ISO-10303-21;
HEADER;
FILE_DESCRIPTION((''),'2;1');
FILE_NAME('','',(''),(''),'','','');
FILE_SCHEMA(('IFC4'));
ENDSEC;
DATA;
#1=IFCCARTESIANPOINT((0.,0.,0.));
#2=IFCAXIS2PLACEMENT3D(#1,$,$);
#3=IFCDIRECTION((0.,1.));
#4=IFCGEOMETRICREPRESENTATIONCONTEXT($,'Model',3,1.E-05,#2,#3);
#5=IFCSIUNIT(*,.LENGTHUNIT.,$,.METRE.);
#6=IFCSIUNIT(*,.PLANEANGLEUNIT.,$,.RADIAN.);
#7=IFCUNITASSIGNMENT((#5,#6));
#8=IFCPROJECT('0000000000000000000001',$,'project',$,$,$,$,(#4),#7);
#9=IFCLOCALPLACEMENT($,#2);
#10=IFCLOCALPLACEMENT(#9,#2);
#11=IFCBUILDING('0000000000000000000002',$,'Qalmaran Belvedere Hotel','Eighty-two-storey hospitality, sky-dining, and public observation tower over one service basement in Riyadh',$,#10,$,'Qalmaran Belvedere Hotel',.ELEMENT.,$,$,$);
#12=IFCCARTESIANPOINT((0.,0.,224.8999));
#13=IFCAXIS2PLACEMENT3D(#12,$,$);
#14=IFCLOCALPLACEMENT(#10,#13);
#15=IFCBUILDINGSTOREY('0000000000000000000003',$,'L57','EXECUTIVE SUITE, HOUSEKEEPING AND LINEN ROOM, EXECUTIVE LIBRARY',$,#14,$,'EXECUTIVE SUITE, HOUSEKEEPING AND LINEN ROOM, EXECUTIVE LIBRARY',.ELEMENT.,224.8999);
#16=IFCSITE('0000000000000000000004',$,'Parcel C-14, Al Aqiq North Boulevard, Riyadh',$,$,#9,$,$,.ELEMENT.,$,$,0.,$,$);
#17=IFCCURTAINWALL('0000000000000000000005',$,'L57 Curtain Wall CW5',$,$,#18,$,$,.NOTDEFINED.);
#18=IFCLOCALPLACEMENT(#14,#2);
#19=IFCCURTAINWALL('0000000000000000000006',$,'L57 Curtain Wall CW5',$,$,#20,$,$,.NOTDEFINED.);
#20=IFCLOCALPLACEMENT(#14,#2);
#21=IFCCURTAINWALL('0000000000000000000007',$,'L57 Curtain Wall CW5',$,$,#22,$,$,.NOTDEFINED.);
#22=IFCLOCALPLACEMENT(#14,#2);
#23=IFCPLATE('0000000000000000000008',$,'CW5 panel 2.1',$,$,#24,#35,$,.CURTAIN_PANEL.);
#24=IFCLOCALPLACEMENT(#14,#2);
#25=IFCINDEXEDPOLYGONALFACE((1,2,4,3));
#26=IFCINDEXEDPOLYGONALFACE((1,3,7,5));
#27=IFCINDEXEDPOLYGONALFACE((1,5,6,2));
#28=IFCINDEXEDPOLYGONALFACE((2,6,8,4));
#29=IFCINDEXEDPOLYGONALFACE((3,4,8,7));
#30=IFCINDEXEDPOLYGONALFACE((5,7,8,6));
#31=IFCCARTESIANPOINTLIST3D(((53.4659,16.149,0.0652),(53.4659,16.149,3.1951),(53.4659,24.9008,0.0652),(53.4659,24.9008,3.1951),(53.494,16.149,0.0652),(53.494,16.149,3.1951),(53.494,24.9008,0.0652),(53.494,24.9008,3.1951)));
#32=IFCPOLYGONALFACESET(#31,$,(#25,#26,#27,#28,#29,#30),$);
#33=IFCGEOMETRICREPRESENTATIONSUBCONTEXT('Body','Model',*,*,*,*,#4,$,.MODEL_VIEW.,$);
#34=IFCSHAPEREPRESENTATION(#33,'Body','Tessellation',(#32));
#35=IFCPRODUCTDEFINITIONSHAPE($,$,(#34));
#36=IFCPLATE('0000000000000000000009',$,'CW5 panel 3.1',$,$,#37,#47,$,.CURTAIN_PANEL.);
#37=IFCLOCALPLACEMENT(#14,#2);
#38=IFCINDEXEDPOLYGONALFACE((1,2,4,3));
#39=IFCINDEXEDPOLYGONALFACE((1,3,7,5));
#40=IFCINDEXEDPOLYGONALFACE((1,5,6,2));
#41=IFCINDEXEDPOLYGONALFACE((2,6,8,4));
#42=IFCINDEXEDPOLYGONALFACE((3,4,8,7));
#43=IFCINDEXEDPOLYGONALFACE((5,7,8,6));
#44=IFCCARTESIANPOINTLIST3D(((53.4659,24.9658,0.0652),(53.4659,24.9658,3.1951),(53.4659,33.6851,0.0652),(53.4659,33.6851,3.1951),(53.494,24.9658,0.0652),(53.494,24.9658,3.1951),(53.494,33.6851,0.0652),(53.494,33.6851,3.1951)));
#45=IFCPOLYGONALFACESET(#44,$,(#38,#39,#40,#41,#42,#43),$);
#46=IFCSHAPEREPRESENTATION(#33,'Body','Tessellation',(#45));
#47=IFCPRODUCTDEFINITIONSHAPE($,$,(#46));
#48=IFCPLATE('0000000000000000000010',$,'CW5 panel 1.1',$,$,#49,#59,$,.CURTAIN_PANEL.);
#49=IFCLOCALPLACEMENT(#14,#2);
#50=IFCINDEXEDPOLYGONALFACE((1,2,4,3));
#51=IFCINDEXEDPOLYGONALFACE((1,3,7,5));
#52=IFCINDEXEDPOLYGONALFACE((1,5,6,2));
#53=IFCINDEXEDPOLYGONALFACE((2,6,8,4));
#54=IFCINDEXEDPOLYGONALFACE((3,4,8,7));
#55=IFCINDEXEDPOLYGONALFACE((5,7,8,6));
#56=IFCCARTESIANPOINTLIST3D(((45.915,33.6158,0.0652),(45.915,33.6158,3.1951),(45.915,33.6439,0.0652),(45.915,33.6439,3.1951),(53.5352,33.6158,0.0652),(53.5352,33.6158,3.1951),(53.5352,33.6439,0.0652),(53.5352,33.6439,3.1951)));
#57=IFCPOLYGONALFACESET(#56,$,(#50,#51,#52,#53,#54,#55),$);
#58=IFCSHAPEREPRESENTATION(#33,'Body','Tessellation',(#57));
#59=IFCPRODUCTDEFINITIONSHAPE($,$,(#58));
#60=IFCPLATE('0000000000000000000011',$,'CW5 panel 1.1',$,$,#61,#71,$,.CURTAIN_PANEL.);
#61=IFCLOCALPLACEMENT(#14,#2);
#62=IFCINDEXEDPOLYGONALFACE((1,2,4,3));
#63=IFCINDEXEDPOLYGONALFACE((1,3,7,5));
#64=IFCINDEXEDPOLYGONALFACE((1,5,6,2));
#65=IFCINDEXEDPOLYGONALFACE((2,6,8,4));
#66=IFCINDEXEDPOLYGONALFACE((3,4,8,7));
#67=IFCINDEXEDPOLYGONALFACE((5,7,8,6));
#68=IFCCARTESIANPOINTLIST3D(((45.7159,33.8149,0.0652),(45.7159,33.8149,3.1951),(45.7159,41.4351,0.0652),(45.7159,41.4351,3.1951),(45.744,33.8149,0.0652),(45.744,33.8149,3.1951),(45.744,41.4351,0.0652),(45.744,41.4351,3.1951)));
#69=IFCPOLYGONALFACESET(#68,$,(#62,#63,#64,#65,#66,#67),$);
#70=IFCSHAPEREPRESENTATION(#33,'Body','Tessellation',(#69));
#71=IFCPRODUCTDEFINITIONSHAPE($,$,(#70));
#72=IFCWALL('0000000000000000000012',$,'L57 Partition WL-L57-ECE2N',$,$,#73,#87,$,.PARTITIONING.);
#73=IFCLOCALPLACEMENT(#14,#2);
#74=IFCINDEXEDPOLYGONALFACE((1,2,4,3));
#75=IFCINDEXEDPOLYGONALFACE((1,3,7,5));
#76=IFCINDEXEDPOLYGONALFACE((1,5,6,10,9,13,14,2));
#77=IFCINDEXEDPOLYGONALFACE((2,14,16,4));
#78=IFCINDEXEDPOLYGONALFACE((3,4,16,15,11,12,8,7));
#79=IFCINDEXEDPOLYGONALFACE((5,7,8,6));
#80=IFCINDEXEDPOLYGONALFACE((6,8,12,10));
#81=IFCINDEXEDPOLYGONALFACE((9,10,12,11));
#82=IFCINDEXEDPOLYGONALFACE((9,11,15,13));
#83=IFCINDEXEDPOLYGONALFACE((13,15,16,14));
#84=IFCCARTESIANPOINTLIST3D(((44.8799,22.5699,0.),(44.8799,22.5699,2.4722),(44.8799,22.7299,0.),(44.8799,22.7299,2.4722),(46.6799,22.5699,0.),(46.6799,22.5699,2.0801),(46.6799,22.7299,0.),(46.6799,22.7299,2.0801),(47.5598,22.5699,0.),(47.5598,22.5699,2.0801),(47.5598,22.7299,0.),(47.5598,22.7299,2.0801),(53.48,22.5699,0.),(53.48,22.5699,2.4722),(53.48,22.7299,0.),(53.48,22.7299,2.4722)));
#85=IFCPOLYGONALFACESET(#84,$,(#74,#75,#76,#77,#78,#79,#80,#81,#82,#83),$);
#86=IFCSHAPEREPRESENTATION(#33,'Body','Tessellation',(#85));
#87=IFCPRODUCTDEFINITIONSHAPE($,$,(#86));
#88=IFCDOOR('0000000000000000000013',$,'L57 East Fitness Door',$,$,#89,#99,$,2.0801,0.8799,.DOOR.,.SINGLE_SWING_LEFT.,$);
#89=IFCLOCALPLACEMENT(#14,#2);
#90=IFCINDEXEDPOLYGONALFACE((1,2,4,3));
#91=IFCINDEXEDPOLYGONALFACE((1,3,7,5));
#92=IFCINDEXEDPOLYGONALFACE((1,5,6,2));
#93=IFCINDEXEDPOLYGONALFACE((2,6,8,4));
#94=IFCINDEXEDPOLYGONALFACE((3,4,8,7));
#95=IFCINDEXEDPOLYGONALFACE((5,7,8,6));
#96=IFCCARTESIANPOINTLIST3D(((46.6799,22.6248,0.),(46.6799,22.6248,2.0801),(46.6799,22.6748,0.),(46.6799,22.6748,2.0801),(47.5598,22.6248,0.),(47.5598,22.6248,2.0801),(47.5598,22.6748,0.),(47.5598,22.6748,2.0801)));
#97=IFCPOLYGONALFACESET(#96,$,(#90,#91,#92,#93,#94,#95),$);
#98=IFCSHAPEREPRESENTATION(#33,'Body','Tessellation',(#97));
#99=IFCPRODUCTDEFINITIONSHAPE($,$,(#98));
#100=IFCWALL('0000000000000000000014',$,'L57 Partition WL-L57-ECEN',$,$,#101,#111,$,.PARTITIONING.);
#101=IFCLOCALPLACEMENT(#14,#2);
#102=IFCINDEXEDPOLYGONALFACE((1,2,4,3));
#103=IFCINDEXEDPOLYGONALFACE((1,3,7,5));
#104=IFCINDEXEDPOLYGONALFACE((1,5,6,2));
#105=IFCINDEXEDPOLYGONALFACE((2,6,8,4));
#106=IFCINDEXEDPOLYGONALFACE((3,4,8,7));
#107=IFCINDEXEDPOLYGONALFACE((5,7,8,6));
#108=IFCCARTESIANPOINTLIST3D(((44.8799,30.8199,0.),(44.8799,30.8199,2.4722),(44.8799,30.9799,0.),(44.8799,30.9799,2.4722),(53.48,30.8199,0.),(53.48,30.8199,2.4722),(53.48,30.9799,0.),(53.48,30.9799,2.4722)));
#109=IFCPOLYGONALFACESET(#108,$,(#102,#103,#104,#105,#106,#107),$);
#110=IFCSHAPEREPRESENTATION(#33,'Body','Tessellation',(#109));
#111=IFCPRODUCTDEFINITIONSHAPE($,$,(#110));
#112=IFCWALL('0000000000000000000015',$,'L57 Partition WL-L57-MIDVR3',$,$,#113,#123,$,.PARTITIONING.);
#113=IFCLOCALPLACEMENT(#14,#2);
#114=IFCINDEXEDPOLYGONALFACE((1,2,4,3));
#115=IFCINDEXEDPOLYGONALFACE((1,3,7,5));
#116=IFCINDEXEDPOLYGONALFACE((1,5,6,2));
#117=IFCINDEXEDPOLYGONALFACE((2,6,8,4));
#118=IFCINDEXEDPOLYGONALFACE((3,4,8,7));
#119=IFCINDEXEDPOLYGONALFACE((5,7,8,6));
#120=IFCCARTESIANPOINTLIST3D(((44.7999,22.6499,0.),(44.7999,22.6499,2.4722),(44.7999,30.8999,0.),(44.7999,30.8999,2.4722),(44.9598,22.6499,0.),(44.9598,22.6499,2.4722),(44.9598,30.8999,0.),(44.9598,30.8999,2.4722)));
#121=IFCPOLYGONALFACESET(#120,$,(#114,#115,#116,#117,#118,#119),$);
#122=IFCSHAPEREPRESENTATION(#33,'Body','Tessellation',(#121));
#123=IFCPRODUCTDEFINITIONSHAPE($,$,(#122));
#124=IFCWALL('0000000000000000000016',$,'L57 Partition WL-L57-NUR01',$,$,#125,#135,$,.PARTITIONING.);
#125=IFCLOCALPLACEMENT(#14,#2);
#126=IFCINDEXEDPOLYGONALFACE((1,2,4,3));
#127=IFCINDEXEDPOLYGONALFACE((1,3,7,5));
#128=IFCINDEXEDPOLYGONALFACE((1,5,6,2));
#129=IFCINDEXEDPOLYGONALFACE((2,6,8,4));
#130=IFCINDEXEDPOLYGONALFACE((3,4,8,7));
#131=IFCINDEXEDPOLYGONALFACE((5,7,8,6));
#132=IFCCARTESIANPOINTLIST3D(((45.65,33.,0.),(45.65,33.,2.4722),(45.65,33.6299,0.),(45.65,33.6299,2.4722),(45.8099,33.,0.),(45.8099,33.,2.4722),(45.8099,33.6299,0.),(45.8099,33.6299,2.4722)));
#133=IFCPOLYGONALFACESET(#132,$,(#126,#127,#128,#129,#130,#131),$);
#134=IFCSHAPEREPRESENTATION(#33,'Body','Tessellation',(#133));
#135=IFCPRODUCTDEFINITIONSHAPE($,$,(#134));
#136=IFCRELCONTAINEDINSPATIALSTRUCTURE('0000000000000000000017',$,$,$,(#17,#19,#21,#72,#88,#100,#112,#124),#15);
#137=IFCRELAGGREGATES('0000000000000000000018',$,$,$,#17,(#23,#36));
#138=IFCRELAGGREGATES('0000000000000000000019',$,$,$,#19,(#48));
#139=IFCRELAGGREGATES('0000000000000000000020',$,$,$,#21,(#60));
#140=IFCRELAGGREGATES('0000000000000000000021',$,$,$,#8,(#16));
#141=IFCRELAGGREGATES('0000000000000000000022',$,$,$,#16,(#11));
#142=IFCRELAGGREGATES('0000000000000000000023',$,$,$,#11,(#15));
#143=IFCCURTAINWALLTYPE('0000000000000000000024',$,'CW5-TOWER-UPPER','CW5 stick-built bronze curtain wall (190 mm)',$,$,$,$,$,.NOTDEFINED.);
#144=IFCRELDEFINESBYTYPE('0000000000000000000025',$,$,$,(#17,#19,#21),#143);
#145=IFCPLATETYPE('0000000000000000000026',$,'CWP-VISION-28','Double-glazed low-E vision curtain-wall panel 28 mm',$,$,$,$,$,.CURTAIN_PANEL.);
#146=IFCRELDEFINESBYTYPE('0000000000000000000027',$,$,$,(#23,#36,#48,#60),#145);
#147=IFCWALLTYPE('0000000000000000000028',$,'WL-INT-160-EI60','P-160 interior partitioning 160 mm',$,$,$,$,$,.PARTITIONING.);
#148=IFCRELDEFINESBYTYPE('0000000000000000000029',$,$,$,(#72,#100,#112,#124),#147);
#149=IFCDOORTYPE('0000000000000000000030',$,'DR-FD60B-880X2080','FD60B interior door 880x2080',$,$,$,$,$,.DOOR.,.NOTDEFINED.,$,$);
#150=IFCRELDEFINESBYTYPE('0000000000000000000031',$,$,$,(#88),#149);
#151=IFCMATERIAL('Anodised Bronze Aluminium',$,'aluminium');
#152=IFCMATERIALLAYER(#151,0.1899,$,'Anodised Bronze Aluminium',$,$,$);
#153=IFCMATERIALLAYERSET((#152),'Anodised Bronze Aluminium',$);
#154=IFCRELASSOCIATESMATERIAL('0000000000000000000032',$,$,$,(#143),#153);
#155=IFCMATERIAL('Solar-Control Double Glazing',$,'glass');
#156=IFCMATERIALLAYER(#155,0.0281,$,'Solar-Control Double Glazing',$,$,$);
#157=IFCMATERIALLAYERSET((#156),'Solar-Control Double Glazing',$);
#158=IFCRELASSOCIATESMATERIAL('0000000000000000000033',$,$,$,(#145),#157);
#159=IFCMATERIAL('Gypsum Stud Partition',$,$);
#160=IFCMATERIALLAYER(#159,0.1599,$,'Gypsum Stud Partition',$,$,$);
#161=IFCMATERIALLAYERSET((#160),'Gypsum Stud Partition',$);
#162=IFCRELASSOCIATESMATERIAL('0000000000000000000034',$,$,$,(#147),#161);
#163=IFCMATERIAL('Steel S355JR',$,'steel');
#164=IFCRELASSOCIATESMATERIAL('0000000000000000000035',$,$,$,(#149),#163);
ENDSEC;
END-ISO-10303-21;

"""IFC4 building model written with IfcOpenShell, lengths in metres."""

from ifc_helpers import new_model, si_unit, direction, frame, frame_2d, origin, origin_2d, place, context, subcontext, project, spatial, rectangle, extrude, material, layer, layer_set, type_object, element, fill, aggregate, save


model = new_model("IFC4")

# Units and contexts
model_context = context("Model", 3, precision=1e-05, world=origin(), true_north=direction((0.0, 1.0)))
body_context = subcontext(model_context, "Body", "Model", "MODEL_VIEW")
ifc_project = project(units=[si_unit("LENGTHUNIT", "METRE"), si_unit("PLANEANGLEUNIT", "RADIAN")], contexts=[model_context])

# Site, building, storey
site_placement = place(None, origin())
site = spatial("IfcSite", under=ifc_project, at=site_placement, Name="Parcel C-14, Al Aqiq North Boulevard, Riyadh", CompositionType="ELEMENT", RefElevation=0.0)
building_placement = place(site_placement, origin())
building = spatial("IfcBuilding", under=site, at=building_placement, Name="Qalmaran Belvedere Hotel", Description="Eighty-two-storey hospitality, sky-dining, and public observation tower over one service basement in Riyadh", LongName="Qalmaran Belvedere Hotel", CompositionType="ELEMENT")
storey_placement = place(building_placement, frame((0.0, 0.0, 224.8999)))
storey = spatial("IfcBuildingStorey", under=building, at=storey_placement, Name="L57", Description="EXECUTIVE SUITE, HOUSEKEEPING AND LINEN ROOM, EXECUTIVE LIBRARY", LongName="EXECUTIVE SUITE, HOUSEKEEPING AND LINEN ROOM, EXECUTIVE LIBRARY", CompositionType="ELEMENT", Elevation=224.8999)

# Shared definitions
ifc_material_1 = material(Name="Steel S355JR", Category="steel")

# Curtain walls
ifc_material_2 = material(Name="Anodised Bronze Aluminium", Category="aluminium")
ifc_layer_1 = layer(ifc_material_2, 0.1899, Name="Anodised Bronze Aluminium")
ifc_layer_set_1 = layer_set([ifc_layer_1], Name="Anodised Bronze Aluminium")
curtain_wall_type = type_object("IfcCurtainWallType", Name="CW5-TOWER-UPPER", Description="CW5 stick-built bronze curtain wall (190 mm)", PredefinedType="NOTDEFINED", material=ifc_layer_set_1)
curtain_wall_1_placement = place(storey_placement, origin())
curtain_wall_1 = element("IfcCurtainWall", 1, at=curtain_wall_1_placement, inside=storey, type_object=curtain_wall_type, Name="L57 Curtain Wall CW5", PredefinedType="NOTDEFINED")
curtain_wall_2_placement = place(storey_placement, origin())
curtain_wall_2 = element("IfcCurtainWall", 2, at=curtain_wall_2_placement, inside=storey, type_object=curtain_wall_type, Name="L57 Curtain Wall CW5", PredefinedType="NOTDEFINED")
curtain_wall_3_placement = place(storey_placement, origin())
curtain_wall_3 = element("IfcCurtainWall", 3, at=curtain_wall_3_placement, inside=storey, type_object=curtain_wall_type, Name="L57 Curtain Wall CW5", PredefinedType="NOTDEFINED")

# Plates
ifc_material_3 = material(Name="Solar-Control Double Glazing", Category="glass")
ifc_layer_2 = layer(ifc_material_3, 0.0281, Name="Solar-Control Double Glazing")
ifc_layer_set_2 = layer_set([ifc_layer_2], Name="Solar-Control Double Glazing")
plate_type = type_object("IfcPlateType", Name="CWP-VISION-28", Description="Double-glazed low-E vision curtain-wall panel 28 mm", PredefinedType="CURTAIN_PANEL", material=ifc_layer_set_2)
plate_1_placement = place(storey_placement, frame((53.48, 20.5249, 0.0652), z_axis=(0.0, 0.0, 1.0), x_axis=(0.0, 1.0, 0.0)))
plate_1 = element("IfcPlate", 4, at=plate_1_placement, type_object=plate_type, Name="CW5 panel 2.1", PredefinedType="CURTAIN_PANEL", context=body_context, shape_type="SweptSolid", body=[
    extrude(rectangle(XDim=8.7517, YDim=0.0281, at=origin_2d()), origin(), (0.0, 0.0, 1.0), 3.1299),
])
plate_2_placement = place(storey_placement, frame((53.48, 29.3254, 0.0652), z_axis=(0.0, 0.0, 1.0), x_axis=(0.0, 1.0, 0.0)))
plate_2 = element("IfcPlate", 5, at=plate_2_placement, type_object=plate_type, Name="CW5 panel 3.1", PredefinedType="CURTAIN_PANEL", context=body_context, shape_type="SweptSolid", body=[
    extrude(rectangle(XDim=8.7192, YDim=0.0281, at=origin_2d()), origin(), (0.0, 0.0, 1.0), 3.1299),
])
aggregate(curtain_wall_1, [plate_1, plate_2])
plate_3_placement = place(storey_placement, frame((49.7251, 33.6299, 0.0652), z_axis=(0.0, 0.0, 1.0), x_axis=(-1.0, 0.0, 0.0)))
plate_3 = element("IfcPlate", 6, at=plate_3_placement, type_object=plate_type, Name="CW5 panel 1.1", PredefinedType="CURTAIN_PANEL", context=body_context, shape_type="SweptSolid", body=[
    extrude(rectangle(XDim=7.6201, YDim=0.0281, at=origin_2d()), origin(), (0.0, 0.0, 1.0), 3.1299),
])
aggregate(curtain_wall_2, [plate_3])
plate_4_placement = place(storey_placement, frame((45.73, 37.625, 0.0652), z_axis=(0.0, 0.0, 1.0), x_axis=(0.0, 1.0, 0.0)))
plate_4 = element("IfcPlate", 7, at=plate_4_placement, type_object=plate_type, Name="CW5 panel 1.1", PredefinedType="CURTAIN_PANEL", context=body_context, shape_type="SweptSolid", body=[
    extrude(rectangle(XDim=7.6201, YDim=0.0281, at=origin_2d()), origin(), (0.0, 0.0, 1.0), 3.1299),
])
aggregate(curtain_wall_3, [plate_4])

# Wall, opening, door
ifc_material_4 = material(Name="Gypsum Stud Partition")
ifc_layer_3 = layer(ifc_material_4, 0.1599, Name="Gypsum Stud Partition")
ifc_layer_set_3 = layer_set([ifc_layer_3], Name="Gypsum Stud Partition")
wall_type = type_object("IfcWallType", Name="WL-INT-160-EI60", Description="P-160 interior partitioning 160 mm", PredefinedType="PARTITIONING", material=ifc_layer_set_3)
wall_1_placement = place(storey_placement, frame((44.8799, 22.6499, 0.0), z_axis=(0.0, 0.0, 1.0), x_axis=(1.0, 0.0, 0.0)))
wall_1 = element("IfcWall", 8, at=wall_1_placement, inside=storey, type_object=wall_type, Name="L57 Partition WL-L57-ECE2N", PredefinedType="PARTITIONING", context=body_context, shape_type="SweptSolid", body=[
    extrude(rectangle(XDim=8.6001, YDim=0.1599, at=frame_2d((4.3, 0.0))), origin(), (0.0, 0.0, 1.0), 2.4722),
])
opening_placement = place(wall_1_placement, frame((1.8, 0.0, 0.0)))
opening = element("IfcOpeningElement", 9, at=opening_placement, cuts=wall_1, PredefinedType="OPENING", context=body_context, shape_type="SweptSolid", body=[
    extrude(rectangle(XDim=0.8799, YDim=2.0801, at=frame_2d((0.4399, 1.04))), frame((0.0, 0.0898, 0.0), z_axis=(0.0, -1.0, 0.0), x_axis=(1.0, 0.0, 0.0)), (0.0, 0.0, 1.0), 0.1799),
])
door_type = type_object("IfcDoorType", Name="DR-FD60B-880X2080", Description="FD60B interior door 880x2080", OperationType="NOTDEFINED", PredefinedType="DOOR", material=ifc_material_1)
door_placement = place(opening_placement, origin())
door = element("IfcDoor", 10, at=door_placement, inside=storey, type_object=door_type, Name="L57 East Fitness Door", OperationType="SINGLE_SWING_LEFT", OverallHeight=2.0801, OverallWidth=0.8799, PredefinedType="DOOR", context=body_context, shape_type="SweptSolid", body=[
    extrude(rectangle(XDim=0.8799, YDim=2.0801, at=frame_2d((0.4399, 1.04))), frame((0.0, 0.0249, 0.0), z_axis=(0.0, -1.0, 0.0), x_axis=(1.0, 0.0, 0.0)), (0.0, 0.0, 1.0), 0.05),
])
fill(opening, door)

# Walls
wall_2_placement = place(storey_placement, frame((44.8799, 30.8999, 0.0), z_axis=(0.0, 0.0, 1.0), x_axis=(1.0, 0.0, 0.0)))
element("IfcWall", 11, at=wall_2_placement, inside=storey, type_object=wall_type, Name="L57 Partition WL-L57-ECEN", PredefinedType="PARTITIONING", context=body_context, shape_type="SweptSolid", body=[
    extrude(rectangle(XDim=8.6001, YDim=0.1599, at=frame_2d((4.3, 0.0))), origin(), (0.0, 0.0, 1.0), 2.4722),
])
wall_3_placement = place(storey_placement, frame((44.8799, 22.6499, 0.0), z_axis=(0.0, 0.0, 1.0), x_axis=(0.0, 1.0, 0.0)))
element("IfcWall", 12, at=wall_3_placement, inside=storey, type_object=wall_type, Name="L57 Partition WL-L57-MIDVR3", PredefinedType="PARTITIONING", context=body_context, shape_type="SweptSolid", body=[
    extrude(rectangle(XDim=8.25, YDim=0.1599, at=frame_2d((4.125, 0.0))), origin(), (0.0, 0.0, 1.0), 2.4722),
])
wall_4_placement = place(storey_placement, frame((45.73, 33.0, 0.0), z_axis=(0.0, 0.0, 1.0), x_axis=(0.0, 1.0, 0.0)))
element("IfcWall", 13, at=wall_4_placement, inside=storey, type_object=wall_type, Name="L57 Partition WL-L57-NUR01", PredefinedType="PARTITIONING", context=body_context, shape_type="SweptSolid", body=[
    extrude(rectangle(XDim=0.6299, YDim=0.1599, at=frame_2d((0.3149, 0.0))), origin(), (0.0, 0.0, 1.0), 2.4722),
])

save(model, "model.ifc")
